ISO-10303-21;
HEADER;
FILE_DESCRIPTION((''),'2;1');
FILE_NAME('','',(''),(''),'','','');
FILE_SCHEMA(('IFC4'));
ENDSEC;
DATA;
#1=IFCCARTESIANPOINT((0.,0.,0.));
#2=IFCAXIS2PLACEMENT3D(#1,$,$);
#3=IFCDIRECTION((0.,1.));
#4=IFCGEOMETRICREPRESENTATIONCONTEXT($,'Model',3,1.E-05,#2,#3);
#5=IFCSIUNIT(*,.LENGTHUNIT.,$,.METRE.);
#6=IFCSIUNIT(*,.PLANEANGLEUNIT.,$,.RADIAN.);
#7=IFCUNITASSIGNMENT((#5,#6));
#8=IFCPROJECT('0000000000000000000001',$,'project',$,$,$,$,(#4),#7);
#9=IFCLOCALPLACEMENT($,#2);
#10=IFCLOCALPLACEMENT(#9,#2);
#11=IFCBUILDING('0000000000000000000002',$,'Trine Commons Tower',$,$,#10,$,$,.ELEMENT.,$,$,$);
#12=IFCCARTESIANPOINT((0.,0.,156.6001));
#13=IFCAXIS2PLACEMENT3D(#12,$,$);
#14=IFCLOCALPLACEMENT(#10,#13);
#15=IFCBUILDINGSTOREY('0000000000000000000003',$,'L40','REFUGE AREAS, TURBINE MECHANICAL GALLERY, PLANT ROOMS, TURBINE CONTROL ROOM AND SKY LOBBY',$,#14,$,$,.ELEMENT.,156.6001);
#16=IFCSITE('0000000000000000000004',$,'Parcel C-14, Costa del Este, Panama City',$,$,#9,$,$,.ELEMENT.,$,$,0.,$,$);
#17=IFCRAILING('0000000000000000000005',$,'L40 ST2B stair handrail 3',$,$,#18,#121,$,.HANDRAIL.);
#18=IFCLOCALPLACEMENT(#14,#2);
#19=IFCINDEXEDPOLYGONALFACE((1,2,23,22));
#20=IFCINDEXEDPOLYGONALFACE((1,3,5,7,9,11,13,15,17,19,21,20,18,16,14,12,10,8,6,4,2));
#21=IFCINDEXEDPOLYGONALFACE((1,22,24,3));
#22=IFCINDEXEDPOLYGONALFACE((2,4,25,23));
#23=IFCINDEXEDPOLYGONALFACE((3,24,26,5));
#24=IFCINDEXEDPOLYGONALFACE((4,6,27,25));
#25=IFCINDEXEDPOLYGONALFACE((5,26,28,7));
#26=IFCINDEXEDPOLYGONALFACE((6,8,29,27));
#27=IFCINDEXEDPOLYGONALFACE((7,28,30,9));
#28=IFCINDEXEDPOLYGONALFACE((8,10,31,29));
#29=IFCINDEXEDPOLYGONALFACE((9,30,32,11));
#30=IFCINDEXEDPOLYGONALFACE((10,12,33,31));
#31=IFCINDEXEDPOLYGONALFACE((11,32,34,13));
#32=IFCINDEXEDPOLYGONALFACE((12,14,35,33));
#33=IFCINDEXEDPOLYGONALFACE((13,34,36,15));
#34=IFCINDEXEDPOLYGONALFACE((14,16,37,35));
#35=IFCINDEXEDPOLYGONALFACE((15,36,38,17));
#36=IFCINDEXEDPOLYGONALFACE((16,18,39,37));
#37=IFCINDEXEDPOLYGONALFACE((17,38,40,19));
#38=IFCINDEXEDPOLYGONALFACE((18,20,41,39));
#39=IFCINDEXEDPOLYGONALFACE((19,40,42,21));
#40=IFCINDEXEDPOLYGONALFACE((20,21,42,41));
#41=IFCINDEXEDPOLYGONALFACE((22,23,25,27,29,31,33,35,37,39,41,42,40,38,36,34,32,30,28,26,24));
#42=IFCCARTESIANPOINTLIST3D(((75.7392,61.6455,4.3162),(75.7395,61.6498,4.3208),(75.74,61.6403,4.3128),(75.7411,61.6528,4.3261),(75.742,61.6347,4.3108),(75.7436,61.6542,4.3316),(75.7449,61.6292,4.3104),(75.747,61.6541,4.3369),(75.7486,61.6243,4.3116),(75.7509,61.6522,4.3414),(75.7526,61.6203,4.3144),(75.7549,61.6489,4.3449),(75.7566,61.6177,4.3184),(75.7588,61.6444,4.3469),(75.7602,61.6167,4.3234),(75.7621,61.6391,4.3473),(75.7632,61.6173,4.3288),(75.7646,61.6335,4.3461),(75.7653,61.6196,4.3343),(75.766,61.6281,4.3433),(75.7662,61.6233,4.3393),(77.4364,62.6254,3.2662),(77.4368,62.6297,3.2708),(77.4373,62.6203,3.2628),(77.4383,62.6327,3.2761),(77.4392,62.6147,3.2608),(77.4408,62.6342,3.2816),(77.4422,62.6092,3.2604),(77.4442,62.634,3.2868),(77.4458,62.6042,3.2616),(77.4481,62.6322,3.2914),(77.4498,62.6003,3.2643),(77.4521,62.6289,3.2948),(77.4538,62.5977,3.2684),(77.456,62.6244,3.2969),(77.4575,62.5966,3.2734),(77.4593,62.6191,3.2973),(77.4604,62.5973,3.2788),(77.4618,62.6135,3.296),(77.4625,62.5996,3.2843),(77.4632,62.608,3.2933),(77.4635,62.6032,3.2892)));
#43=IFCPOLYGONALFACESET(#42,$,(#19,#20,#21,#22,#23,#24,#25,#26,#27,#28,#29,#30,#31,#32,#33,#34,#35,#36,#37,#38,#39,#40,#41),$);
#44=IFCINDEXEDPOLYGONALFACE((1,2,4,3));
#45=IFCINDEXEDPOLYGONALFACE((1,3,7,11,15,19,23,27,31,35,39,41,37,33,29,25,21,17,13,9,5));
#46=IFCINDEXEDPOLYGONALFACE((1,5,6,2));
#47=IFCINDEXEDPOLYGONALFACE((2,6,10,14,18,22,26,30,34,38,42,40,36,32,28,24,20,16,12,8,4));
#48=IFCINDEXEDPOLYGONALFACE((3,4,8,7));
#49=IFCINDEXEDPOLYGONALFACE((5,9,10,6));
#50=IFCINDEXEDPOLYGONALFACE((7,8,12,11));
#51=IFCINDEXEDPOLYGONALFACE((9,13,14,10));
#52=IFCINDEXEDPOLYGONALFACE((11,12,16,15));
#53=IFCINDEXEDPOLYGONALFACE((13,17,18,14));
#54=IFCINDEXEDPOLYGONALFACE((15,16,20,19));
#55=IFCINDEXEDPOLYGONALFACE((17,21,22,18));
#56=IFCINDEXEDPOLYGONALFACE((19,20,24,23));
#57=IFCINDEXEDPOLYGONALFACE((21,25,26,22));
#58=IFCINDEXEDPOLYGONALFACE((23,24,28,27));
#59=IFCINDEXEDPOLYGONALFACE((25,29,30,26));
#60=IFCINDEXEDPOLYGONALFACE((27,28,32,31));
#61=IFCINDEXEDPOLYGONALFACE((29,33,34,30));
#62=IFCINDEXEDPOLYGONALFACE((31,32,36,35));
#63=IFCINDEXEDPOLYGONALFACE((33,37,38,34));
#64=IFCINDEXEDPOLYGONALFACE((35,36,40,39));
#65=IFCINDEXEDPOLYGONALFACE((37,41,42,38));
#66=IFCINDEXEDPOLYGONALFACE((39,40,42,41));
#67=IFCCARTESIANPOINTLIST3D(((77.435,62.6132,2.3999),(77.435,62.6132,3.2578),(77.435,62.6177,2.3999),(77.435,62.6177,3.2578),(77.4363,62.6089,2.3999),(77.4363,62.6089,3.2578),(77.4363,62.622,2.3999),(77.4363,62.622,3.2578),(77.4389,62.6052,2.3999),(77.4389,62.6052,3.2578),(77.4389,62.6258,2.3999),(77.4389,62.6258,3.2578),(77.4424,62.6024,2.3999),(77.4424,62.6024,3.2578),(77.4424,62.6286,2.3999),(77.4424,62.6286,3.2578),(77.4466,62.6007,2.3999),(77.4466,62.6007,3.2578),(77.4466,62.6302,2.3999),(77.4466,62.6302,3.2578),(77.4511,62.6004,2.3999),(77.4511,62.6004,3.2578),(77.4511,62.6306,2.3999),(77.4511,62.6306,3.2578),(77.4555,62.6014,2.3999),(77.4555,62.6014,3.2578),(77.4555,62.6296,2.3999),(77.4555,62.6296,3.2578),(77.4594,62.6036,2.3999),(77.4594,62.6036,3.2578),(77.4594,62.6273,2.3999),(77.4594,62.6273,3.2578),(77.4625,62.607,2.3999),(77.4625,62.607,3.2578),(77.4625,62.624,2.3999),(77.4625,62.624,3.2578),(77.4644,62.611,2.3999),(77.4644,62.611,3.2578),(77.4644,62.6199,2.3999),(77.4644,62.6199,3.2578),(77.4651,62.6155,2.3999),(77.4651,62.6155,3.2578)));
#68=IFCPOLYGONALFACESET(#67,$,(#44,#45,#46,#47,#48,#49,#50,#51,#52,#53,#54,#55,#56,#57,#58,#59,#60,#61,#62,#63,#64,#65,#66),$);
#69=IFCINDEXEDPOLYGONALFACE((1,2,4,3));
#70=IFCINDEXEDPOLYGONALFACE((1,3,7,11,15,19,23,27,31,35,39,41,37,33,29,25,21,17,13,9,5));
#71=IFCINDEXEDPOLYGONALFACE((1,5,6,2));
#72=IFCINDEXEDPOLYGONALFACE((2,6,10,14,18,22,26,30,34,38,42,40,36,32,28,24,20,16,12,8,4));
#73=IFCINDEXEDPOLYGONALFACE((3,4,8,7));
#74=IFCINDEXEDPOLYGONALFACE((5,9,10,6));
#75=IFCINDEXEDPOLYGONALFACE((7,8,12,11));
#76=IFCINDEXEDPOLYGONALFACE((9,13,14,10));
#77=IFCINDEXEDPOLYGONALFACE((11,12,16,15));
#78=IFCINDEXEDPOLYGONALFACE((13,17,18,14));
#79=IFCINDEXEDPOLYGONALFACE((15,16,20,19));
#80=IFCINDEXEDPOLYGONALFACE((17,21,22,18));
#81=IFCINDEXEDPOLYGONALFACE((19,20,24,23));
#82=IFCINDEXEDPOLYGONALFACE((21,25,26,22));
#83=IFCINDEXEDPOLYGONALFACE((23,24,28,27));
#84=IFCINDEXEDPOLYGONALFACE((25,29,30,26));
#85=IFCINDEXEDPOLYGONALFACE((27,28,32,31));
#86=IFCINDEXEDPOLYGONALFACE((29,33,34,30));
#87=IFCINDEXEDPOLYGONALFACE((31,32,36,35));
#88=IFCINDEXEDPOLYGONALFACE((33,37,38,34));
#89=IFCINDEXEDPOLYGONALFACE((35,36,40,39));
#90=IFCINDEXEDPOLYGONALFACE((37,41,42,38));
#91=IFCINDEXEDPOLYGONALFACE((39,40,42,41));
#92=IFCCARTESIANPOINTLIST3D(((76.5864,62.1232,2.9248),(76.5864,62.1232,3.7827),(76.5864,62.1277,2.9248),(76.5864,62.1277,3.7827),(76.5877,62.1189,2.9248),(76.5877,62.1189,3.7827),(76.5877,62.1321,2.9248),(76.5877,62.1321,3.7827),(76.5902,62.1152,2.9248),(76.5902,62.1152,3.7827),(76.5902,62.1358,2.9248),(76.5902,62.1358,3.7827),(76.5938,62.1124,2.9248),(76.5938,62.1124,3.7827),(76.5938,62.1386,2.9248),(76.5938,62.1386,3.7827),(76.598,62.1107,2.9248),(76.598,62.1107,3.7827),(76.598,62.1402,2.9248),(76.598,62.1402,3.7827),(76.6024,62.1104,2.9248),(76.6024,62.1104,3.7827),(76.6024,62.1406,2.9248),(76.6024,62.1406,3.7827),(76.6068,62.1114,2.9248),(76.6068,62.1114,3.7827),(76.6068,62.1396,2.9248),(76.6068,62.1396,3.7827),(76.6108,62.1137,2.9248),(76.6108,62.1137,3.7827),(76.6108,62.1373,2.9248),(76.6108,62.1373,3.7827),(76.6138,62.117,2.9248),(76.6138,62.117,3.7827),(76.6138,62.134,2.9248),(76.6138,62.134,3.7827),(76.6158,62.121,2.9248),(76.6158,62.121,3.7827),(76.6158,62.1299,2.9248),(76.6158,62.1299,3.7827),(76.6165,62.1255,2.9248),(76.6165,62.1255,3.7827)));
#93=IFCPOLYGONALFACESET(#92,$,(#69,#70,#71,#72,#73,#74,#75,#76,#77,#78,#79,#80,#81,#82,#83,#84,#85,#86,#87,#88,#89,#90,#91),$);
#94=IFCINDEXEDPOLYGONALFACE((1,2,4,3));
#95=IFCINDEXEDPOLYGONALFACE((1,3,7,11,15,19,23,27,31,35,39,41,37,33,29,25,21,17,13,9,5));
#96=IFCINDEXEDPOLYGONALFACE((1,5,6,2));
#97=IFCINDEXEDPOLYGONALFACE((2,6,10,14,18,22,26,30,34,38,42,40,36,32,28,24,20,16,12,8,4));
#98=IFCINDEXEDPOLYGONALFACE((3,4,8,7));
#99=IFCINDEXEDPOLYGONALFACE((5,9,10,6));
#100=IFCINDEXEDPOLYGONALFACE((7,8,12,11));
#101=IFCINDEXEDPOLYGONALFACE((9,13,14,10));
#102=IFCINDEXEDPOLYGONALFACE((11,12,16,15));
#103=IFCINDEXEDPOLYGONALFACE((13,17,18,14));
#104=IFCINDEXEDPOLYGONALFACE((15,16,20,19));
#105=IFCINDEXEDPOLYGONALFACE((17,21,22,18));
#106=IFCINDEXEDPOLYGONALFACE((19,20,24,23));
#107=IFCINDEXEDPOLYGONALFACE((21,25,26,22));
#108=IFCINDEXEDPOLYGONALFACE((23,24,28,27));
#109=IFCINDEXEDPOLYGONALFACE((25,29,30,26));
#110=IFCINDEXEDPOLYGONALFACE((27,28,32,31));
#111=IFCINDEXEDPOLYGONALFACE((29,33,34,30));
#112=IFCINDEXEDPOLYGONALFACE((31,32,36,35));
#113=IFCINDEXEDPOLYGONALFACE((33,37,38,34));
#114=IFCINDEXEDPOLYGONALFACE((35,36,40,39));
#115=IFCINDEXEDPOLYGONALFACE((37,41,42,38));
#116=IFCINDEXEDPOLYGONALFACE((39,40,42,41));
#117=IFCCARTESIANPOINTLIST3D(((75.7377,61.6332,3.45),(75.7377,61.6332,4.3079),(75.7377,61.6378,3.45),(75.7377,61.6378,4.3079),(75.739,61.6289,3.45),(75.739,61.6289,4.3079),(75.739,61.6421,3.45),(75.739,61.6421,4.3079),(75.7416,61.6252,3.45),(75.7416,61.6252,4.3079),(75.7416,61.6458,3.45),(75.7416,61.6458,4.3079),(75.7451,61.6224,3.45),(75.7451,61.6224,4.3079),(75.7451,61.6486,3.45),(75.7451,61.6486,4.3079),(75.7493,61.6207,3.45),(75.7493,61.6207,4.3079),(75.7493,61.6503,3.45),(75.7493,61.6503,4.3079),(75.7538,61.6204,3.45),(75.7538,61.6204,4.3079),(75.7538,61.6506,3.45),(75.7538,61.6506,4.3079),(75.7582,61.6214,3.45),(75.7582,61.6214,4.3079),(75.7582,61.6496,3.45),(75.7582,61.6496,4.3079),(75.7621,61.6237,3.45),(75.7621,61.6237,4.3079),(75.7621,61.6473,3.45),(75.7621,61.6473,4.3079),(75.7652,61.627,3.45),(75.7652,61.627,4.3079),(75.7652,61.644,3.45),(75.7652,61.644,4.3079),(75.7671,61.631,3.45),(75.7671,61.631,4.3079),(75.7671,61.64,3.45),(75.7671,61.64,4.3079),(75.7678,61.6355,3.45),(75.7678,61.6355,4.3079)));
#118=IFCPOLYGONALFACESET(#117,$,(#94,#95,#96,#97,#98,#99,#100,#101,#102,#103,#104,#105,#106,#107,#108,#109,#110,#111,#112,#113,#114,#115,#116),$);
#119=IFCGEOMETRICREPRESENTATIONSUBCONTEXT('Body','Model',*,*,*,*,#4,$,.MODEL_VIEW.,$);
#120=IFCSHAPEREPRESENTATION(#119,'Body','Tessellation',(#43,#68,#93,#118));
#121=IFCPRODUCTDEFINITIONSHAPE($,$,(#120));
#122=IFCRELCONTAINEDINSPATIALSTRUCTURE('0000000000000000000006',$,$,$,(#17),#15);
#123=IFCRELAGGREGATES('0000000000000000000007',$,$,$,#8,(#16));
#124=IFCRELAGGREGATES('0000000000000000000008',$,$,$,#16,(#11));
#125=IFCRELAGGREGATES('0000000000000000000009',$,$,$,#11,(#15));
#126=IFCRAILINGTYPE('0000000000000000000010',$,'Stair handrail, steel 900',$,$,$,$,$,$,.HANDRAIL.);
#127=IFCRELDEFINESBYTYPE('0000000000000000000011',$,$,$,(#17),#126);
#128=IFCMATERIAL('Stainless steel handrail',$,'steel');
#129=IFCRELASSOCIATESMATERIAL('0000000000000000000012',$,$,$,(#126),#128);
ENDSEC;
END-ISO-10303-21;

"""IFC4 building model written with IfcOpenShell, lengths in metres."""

from ifc_helpers import new_model, si_unit, direction, frame, origin, origin_2d, place, context, subcontext, project, spatial, circle, extrude, material, type_object, element, save


model = new_model("IFC4")

# Units and contexts
model_context = context("Model", 3, precision=1e-05, world=origin(), true_north=direction((0.0, 1.0)))
body_context = subcontext(model_context, "Body", "Model", "MODEL_VIEW")
ifc_project = project(units=[si_unit("LENGTHUNIT", "METRE"), si_unit("PLANEANGLEUNIT", "RADIAN")], contexts=[model_context])

# Site, building, storey
site_placement = place(None, origin())
site = spatial("IfcSite", under=ifc_project, at=site_placement, Name="Parcel C-14, Costa del Este, Panama City", CompositionType="ELEMENT", RefElevation=0.0)
building_placement = place(site_placement, origin())
building = spatial("IfcBuilding", under=site, at=building_placement, Name="Trine Commons Tower", CompositionType="ELEMENT")
storey_placement = place(building_placement, frame((0.0, 0.0, 156.6001)))
storey = spatial("IfcBuildingStorey", under=building, at=storey_placement, Name="L40", Description="REFUGE AREAS, TURBINE MECHANICAL GALLERY, PLANT ROOMS, TURBINE CONTROL ROOM AND SKY LOBBY", CompositionType="ELEMENT", Elevation=156.6001)

# Railing
ifc_material_1 = material(Name="Stainless steel handrail", Category="steel")
railing_type_1 = type_object("IfcRailingType", Name="Stair handrail, steel 900", PredefinedType="HANDRAIL", material=ifc_material_1)
railing_1_placement = place(storey_placement, frame((77.45, 62.6155, 2.3999)))
element("IfcRailing", 1, at=railing_1_placement, inside=storey, type_object=railing_type_1, Name="L40 ST2B stair handrail 3", PredefinedType="HANDRAIL", context=body_context, shape_type="SweptSolid", body=[
    extrude(circle(Radius=0.021, at=origin_2d()), frame((0.0, 0.0, 0.8789), z_axis=(-0.763352, -0.44075, 0.472264), x_axis=(0.500024, -0.866011, 0.0)), (0.0, 0.0, 1.0), 2.2234),
    extrude(circle(Radius=0.0151, at=origin_2d()), origin(), (0.0, 0.0, 1.0), 0.8579),
    extrude(circle(Radius=0.0151, at=origin_2d()), frame((-0.8486, -0.49, 0.5249)), (0.0, 0.0, 1.0), 0.8579),
    extrude(circle(Radius=0.0151, at=origin_2d()), frame((-1.6973, -0.98, 1.05)), (0.0, 0.0, 1.0), 0.8579),
])

save(model, "model.ifc")
